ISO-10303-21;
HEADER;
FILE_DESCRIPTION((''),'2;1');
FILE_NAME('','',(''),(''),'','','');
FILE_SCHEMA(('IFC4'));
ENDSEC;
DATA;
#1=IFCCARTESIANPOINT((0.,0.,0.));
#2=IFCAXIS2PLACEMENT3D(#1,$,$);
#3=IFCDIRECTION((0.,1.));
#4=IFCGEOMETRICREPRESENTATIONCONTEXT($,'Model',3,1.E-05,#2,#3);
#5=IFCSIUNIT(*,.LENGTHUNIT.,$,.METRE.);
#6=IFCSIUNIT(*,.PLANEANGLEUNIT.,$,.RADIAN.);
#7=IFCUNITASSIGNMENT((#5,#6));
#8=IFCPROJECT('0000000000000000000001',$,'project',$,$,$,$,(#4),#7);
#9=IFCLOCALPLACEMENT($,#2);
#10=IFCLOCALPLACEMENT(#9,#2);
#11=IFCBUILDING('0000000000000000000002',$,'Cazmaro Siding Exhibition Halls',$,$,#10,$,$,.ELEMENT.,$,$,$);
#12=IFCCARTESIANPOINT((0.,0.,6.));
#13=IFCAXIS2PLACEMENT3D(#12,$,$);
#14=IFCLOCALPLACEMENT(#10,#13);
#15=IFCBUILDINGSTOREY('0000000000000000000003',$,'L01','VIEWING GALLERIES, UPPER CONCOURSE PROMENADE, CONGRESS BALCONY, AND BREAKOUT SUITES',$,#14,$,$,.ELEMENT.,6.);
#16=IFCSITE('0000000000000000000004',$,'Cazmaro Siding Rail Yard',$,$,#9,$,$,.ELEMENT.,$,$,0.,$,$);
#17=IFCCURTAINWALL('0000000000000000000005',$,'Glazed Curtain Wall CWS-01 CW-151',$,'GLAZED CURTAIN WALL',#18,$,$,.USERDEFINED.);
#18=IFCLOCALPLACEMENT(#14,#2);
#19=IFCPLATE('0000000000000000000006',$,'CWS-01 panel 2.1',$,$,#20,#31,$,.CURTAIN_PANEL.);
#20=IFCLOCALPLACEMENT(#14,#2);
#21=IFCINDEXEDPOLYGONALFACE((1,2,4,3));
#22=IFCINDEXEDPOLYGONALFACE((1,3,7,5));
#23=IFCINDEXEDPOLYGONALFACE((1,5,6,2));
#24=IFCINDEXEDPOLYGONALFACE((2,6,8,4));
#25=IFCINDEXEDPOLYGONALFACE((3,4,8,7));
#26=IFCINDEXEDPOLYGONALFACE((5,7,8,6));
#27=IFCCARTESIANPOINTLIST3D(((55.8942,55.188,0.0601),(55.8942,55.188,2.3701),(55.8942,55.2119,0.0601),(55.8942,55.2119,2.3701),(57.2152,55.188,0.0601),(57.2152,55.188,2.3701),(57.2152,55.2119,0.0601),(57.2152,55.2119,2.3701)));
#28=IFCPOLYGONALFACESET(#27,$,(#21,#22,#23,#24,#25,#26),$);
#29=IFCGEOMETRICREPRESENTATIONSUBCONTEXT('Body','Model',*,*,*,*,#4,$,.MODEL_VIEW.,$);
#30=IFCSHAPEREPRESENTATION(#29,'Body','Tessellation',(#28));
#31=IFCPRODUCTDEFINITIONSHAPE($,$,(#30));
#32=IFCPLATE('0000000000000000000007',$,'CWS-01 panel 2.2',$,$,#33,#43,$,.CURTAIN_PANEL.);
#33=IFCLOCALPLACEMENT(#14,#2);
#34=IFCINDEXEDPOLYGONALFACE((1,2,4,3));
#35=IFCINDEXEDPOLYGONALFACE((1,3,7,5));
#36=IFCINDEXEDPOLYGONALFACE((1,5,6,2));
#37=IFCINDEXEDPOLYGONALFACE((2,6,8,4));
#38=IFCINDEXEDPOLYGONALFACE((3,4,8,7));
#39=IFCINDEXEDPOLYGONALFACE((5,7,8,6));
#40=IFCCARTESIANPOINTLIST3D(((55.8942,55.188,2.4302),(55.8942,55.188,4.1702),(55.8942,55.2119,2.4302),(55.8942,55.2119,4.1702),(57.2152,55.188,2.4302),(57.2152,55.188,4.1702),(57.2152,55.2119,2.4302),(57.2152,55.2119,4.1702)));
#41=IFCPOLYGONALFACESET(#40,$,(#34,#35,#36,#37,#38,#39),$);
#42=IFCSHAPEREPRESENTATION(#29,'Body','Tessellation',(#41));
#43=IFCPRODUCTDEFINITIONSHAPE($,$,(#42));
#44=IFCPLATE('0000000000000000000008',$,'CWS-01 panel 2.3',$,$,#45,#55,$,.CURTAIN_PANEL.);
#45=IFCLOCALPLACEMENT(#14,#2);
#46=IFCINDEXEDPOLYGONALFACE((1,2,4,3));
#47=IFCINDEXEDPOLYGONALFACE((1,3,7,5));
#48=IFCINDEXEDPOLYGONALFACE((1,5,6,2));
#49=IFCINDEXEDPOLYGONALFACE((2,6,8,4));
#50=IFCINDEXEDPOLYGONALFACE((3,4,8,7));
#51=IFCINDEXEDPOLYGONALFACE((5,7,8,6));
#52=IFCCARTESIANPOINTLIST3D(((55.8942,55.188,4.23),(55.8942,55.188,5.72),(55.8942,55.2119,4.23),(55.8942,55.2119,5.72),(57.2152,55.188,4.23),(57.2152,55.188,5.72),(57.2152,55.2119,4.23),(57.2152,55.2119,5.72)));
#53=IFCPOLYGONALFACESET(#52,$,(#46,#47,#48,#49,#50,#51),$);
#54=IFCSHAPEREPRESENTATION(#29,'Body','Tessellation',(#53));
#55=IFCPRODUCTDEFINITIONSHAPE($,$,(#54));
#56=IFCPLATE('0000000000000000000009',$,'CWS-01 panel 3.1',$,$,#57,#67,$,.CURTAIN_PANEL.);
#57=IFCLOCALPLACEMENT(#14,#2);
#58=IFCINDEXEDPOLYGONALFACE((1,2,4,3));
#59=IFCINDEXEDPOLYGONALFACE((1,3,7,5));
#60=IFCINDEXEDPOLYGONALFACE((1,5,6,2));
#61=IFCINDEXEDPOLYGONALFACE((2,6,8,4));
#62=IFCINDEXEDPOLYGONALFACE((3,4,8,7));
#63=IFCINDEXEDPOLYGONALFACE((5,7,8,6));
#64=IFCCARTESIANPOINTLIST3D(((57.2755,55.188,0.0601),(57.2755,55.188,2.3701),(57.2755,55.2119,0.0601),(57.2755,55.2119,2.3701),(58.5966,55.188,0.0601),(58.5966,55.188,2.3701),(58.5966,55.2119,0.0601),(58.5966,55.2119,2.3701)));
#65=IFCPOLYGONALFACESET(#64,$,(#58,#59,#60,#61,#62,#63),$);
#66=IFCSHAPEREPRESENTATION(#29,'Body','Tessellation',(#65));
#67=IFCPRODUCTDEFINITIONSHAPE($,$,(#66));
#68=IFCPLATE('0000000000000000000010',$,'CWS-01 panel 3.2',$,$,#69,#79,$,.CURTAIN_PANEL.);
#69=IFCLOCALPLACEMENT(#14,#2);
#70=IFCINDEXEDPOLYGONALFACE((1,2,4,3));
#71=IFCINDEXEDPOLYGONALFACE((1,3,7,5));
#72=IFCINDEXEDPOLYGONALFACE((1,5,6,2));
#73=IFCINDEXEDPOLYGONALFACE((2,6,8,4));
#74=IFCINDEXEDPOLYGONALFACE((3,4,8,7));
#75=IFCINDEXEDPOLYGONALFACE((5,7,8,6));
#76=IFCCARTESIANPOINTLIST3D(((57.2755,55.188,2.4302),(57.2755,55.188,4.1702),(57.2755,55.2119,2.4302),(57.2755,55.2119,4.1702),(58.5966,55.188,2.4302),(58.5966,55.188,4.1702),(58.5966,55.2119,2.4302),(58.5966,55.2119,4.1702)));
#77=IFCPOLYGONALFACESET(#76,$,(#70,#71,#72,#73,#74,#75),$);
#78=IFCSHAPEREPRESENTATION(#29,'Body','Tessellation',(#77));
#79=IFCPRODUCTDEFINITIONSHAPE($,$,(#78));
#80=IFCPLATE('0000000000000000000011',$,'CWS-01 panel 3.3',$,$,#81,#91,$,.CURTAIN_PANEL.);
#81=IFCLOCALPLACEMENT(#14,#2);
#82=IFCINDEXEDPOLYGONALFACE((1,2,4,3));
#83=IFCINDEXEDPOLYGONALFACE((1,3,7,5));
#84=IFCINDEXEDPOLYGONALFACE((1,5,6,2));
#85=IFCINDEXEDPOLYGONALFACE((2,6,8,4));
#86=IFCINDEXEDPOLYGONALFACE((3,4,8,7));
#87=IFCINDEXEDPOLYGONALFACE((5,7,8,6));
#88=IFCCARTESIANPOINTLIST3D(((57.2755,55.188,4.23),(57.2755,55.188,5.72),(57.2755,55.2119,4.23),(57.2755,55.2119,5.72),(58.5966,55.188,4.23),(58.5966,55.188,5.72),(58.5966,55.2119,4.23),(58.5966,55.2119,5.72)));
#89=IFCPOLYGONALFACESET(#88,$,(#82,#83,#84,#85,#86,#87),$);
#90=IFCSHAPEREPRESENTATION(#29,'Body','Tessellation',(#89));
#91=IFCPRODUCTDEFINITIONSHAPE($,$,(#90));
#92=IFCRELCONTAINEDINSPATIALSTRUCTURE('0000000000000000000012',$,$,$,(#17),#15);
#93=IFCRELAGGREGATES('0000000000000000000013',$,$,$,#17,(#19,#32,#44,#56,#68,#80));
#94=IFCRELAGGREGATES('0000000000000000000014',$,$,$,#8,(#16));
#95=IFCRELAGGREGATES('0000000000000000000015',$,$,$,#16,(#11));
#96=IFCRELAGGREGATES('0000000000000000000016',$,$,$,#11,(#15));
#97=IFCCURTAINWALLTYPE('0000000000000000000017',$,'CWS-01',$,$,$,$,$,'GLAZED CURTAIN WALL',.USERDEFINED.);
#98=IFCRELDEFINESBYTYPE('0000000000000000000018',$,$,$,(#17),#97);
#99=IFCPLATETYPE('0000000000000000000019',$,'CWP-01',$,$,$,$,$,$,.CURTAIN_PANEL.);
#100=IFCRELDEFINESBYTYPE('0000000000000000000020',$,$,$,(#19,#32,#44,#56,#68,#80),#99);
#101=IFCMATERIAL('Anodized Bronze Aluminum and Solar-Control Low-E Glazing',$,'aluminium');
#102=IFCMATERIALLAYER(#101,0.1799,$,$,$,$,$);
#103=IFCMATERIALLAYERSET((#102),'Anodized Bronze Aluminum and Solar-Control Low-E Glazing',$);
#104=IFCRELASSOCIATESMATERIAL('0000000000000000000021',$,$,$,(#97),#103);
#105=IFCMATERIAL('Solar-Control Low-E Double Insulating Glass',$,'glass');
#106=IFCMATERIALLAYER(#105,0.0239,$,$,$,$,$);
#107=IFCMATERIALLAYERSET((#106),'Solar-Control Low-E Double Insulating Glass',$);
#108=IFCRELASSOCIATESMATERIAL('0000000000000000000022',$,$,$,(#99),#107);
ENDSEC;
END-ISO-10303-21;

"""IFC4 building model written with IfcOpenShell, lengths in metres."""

from ifc_helpers import new_model, si_unit, direction, frame, origin, origin_2d, place, context, subcontext, project, spatial, rectangle, extrude, material, layer, layer_set, type_object, element, aggregate, save


model = new_model("IFC4")

# Units and contexts
model_context = context("Model", 3, precision=1e-05, world=origin(), true_north=direction((0.0, 1.0)))
body_context = subcontext(model_context, "Body", "Model", "MODEL_VIEW")
ifc_project = project(units=[si_unit("LENGTHUNIT", "METRE"), si_unit("PLANEANGLEUNIT", "RADIAN")], contexts=[model_context])

# Site, building, storey
site_placement = place(None, origin())
site = spatial("IfcSite", under=ifc_project, at=site_placement, Name="Cazmaro Siding Rail Yard", CompositionType="ELEMENT", RefElevation=0.0)
building_placement = place(site_placement, origin())
building = spatial("IfcBuilding", under=site, at=building_placement, Name="Cazmaro Siding Exhibition Halls", CompositionType="ELEMENT")
storey_placement = place(building_placement, frame((0.0, 0.0, 6.0)))
storey = spatial("IfcBuildingStorey", under=building, at=storey_placement, Name="L01", Description="VIEWING GALLERIES, UPPER CONCOURSE PROMENADE, CONGRESS BALCONY, AND BREAKOUT SUITES", CompositionType="ELEMENT", Elevation=6.0)

# Curtain wall, plates
ifc_material_1 = material(Name="Anodized Bronze Aluminum and Solar-Control Low-E Glazing", Category="aluminium")
ifc_layer_1 = layer(ifc_material_1, 0.1799)
ifc_layer_set_1 = layer_set([ifc_layer_1], Name="Anodized Bronze Aluminum and Solar-Control Low-E Glazing")
curtain_wall_type = type_object("IfcCurtainWallType", Name="CWS-01", ElementType="GLAZED CURTAIN WALL", PredefinedType="USERDEFINED", material=ifc_layer_set_1)
curtain_wall_placement = place(storey_placement, origin())
curtain_wall = element("IfcCurtainWall", 1, at=curtain_wall_placement, inside=storey, type_object=curtain_wall_type, Name="Glazed Curtain Wall CWS-01 CW-151", ObjectType="GLAZED CURTAIN WALL", PredefinedType="USERDEFINED")
ifc_material_2 = material(Name="Solar-Control Low-E Double Insulating Glass", Category="glass")
ifc_layer_2 = layer(ifc_material_2, 0.0239)
ifc_layer_set_2 = layer_set([ifc_layer_2], Name="Solar-Control Low-E Double Insulating Glass")
plate_type = type_object("IfcPlateType", Name="CWP-01", PredefinedType="CURTAIN_PANEL", material=ifc_layer_set_2)
plate_1_placement = place(storey_placement, frame((56.5547, 55.2, 0.0601), z_axis=(0.0, 0.0, 1.0), x_axis=(1.0, 0.0, 0.0)))
plate_1 = element("IfcPlate", 2, at=plate_1_placement, type_object=plate_type, Name="CWS-01 panel 2.1", PredefinedType="CURTAIN_PANEL", context=body_context, shape_type="SweptSolid", body=[
    extrude(rectangle(XDim=1.321, YDim=0.0239, at=origin_2d()), origin(), (0.0, 0.0, 1.0), 2.3101),
])
plate_2_placement = place(storey_placement, frame((56.5547, 55.2, 2.4302), z_axis=(0.0, 0.0, 1.0), x_axis=(1.0, 0.0, 0.0)))
plate_2 = element("IfcPlate", 3, at=plate_2_placement, type_object=plate_type, Name="CWS-01 panel 2.2", PredefinedType="CURTAIN_PANEL", context=body_context, shape_type="SweptSolid", body=[
    extrude(rectangle(XDim=1.321, YDim=0.0239, at=origin_2d()), origin(), (0.0, 0.0, 1.0), 1.74),
])
plate_3_placement = place(storey_placement, frame((56.5547, 55.2, 4.23), z_axis=(0.0, 0.0, 1.0), x_axis=(1.0, 0.0, 0.0)))
plate_3 = element("IfcPlate", 4, at=plate_3_placement, type_object=plate_type, Name="CWS-01 panel 2.3", PredefinedType="CURTAIN_PANEL", context=body_context, shape_type="SweptSolid", body=[
    extrude(rectangle(XDim=1.321, YDim=0.0239, at=origin_2d()), origin(), (0.0, 0.0, 1.0), 1.49),
])
plate_4_placement = place(storey_placement, frame((57.936, 55.2, 0.0601), z_axis=(0.0, 0.0, 1.0), x_axis=(1.0, 0.0, 0.0)))
plate_4 = element("IfcPlate", 5, at=plate_4_placement, type_object=plate_type, Name="CWS-01 panel 3.1", PredefinedType="CURTAIN_PANEL", context=body_context, shape_type="SweptSolid", body=[
    extrude(rectangle(XDim=1.321, YDim=0.0239, at=origin_2d()), origin(), (0.0, 0.0, 1.0), 2.3101),
])
plate_5_placement = place(storey_placement, frame((57.936, 55.2, 2.4302), z_axis=(0.0, 0.0, 1.0), x_axis=(1.0, 0.0, 0.0)))
plate_5 = element("IfcPlate", 6, at=plate_5_placement, type_object=plate_type, Name="CWS-01 panel 3.2", PredefinedType="CURTAIN_PANEL", context=body_context, shape_type="SweptSolid", body=[
    extrude(rectangle(XDim=1.321, YDim=0.0239, at=origin_2d()), origin(), (0.0, 0.0, 1.0), 1.74),
])
plate_6_placement = place(storey_placement, frame((57.936, 55.2, 4.23), z_axis=(0.0, 0.0, 1.0), x_axis=(1.0, 0.0, 0.0)))
plate_6 = element("IfcPlate", 7, at=plate_6_placement, type_object=plate_type, Name="CWS-01 panel 3.3", PredefinedType="CURTAIN_PANEL", context=body_context, shape_type="SweptSolid", body=[
    extrude(rectangle(XDim=1.321, YDim=0.0239, at=origin_2d()), origin(), (0.0, 0.0, 1.0), 1.49),
])
aggregate(curtain_wall, [plate_1, plate_2, plate_3, plate_4, plate_5, plate_6])

save(model, "model.ifc")
